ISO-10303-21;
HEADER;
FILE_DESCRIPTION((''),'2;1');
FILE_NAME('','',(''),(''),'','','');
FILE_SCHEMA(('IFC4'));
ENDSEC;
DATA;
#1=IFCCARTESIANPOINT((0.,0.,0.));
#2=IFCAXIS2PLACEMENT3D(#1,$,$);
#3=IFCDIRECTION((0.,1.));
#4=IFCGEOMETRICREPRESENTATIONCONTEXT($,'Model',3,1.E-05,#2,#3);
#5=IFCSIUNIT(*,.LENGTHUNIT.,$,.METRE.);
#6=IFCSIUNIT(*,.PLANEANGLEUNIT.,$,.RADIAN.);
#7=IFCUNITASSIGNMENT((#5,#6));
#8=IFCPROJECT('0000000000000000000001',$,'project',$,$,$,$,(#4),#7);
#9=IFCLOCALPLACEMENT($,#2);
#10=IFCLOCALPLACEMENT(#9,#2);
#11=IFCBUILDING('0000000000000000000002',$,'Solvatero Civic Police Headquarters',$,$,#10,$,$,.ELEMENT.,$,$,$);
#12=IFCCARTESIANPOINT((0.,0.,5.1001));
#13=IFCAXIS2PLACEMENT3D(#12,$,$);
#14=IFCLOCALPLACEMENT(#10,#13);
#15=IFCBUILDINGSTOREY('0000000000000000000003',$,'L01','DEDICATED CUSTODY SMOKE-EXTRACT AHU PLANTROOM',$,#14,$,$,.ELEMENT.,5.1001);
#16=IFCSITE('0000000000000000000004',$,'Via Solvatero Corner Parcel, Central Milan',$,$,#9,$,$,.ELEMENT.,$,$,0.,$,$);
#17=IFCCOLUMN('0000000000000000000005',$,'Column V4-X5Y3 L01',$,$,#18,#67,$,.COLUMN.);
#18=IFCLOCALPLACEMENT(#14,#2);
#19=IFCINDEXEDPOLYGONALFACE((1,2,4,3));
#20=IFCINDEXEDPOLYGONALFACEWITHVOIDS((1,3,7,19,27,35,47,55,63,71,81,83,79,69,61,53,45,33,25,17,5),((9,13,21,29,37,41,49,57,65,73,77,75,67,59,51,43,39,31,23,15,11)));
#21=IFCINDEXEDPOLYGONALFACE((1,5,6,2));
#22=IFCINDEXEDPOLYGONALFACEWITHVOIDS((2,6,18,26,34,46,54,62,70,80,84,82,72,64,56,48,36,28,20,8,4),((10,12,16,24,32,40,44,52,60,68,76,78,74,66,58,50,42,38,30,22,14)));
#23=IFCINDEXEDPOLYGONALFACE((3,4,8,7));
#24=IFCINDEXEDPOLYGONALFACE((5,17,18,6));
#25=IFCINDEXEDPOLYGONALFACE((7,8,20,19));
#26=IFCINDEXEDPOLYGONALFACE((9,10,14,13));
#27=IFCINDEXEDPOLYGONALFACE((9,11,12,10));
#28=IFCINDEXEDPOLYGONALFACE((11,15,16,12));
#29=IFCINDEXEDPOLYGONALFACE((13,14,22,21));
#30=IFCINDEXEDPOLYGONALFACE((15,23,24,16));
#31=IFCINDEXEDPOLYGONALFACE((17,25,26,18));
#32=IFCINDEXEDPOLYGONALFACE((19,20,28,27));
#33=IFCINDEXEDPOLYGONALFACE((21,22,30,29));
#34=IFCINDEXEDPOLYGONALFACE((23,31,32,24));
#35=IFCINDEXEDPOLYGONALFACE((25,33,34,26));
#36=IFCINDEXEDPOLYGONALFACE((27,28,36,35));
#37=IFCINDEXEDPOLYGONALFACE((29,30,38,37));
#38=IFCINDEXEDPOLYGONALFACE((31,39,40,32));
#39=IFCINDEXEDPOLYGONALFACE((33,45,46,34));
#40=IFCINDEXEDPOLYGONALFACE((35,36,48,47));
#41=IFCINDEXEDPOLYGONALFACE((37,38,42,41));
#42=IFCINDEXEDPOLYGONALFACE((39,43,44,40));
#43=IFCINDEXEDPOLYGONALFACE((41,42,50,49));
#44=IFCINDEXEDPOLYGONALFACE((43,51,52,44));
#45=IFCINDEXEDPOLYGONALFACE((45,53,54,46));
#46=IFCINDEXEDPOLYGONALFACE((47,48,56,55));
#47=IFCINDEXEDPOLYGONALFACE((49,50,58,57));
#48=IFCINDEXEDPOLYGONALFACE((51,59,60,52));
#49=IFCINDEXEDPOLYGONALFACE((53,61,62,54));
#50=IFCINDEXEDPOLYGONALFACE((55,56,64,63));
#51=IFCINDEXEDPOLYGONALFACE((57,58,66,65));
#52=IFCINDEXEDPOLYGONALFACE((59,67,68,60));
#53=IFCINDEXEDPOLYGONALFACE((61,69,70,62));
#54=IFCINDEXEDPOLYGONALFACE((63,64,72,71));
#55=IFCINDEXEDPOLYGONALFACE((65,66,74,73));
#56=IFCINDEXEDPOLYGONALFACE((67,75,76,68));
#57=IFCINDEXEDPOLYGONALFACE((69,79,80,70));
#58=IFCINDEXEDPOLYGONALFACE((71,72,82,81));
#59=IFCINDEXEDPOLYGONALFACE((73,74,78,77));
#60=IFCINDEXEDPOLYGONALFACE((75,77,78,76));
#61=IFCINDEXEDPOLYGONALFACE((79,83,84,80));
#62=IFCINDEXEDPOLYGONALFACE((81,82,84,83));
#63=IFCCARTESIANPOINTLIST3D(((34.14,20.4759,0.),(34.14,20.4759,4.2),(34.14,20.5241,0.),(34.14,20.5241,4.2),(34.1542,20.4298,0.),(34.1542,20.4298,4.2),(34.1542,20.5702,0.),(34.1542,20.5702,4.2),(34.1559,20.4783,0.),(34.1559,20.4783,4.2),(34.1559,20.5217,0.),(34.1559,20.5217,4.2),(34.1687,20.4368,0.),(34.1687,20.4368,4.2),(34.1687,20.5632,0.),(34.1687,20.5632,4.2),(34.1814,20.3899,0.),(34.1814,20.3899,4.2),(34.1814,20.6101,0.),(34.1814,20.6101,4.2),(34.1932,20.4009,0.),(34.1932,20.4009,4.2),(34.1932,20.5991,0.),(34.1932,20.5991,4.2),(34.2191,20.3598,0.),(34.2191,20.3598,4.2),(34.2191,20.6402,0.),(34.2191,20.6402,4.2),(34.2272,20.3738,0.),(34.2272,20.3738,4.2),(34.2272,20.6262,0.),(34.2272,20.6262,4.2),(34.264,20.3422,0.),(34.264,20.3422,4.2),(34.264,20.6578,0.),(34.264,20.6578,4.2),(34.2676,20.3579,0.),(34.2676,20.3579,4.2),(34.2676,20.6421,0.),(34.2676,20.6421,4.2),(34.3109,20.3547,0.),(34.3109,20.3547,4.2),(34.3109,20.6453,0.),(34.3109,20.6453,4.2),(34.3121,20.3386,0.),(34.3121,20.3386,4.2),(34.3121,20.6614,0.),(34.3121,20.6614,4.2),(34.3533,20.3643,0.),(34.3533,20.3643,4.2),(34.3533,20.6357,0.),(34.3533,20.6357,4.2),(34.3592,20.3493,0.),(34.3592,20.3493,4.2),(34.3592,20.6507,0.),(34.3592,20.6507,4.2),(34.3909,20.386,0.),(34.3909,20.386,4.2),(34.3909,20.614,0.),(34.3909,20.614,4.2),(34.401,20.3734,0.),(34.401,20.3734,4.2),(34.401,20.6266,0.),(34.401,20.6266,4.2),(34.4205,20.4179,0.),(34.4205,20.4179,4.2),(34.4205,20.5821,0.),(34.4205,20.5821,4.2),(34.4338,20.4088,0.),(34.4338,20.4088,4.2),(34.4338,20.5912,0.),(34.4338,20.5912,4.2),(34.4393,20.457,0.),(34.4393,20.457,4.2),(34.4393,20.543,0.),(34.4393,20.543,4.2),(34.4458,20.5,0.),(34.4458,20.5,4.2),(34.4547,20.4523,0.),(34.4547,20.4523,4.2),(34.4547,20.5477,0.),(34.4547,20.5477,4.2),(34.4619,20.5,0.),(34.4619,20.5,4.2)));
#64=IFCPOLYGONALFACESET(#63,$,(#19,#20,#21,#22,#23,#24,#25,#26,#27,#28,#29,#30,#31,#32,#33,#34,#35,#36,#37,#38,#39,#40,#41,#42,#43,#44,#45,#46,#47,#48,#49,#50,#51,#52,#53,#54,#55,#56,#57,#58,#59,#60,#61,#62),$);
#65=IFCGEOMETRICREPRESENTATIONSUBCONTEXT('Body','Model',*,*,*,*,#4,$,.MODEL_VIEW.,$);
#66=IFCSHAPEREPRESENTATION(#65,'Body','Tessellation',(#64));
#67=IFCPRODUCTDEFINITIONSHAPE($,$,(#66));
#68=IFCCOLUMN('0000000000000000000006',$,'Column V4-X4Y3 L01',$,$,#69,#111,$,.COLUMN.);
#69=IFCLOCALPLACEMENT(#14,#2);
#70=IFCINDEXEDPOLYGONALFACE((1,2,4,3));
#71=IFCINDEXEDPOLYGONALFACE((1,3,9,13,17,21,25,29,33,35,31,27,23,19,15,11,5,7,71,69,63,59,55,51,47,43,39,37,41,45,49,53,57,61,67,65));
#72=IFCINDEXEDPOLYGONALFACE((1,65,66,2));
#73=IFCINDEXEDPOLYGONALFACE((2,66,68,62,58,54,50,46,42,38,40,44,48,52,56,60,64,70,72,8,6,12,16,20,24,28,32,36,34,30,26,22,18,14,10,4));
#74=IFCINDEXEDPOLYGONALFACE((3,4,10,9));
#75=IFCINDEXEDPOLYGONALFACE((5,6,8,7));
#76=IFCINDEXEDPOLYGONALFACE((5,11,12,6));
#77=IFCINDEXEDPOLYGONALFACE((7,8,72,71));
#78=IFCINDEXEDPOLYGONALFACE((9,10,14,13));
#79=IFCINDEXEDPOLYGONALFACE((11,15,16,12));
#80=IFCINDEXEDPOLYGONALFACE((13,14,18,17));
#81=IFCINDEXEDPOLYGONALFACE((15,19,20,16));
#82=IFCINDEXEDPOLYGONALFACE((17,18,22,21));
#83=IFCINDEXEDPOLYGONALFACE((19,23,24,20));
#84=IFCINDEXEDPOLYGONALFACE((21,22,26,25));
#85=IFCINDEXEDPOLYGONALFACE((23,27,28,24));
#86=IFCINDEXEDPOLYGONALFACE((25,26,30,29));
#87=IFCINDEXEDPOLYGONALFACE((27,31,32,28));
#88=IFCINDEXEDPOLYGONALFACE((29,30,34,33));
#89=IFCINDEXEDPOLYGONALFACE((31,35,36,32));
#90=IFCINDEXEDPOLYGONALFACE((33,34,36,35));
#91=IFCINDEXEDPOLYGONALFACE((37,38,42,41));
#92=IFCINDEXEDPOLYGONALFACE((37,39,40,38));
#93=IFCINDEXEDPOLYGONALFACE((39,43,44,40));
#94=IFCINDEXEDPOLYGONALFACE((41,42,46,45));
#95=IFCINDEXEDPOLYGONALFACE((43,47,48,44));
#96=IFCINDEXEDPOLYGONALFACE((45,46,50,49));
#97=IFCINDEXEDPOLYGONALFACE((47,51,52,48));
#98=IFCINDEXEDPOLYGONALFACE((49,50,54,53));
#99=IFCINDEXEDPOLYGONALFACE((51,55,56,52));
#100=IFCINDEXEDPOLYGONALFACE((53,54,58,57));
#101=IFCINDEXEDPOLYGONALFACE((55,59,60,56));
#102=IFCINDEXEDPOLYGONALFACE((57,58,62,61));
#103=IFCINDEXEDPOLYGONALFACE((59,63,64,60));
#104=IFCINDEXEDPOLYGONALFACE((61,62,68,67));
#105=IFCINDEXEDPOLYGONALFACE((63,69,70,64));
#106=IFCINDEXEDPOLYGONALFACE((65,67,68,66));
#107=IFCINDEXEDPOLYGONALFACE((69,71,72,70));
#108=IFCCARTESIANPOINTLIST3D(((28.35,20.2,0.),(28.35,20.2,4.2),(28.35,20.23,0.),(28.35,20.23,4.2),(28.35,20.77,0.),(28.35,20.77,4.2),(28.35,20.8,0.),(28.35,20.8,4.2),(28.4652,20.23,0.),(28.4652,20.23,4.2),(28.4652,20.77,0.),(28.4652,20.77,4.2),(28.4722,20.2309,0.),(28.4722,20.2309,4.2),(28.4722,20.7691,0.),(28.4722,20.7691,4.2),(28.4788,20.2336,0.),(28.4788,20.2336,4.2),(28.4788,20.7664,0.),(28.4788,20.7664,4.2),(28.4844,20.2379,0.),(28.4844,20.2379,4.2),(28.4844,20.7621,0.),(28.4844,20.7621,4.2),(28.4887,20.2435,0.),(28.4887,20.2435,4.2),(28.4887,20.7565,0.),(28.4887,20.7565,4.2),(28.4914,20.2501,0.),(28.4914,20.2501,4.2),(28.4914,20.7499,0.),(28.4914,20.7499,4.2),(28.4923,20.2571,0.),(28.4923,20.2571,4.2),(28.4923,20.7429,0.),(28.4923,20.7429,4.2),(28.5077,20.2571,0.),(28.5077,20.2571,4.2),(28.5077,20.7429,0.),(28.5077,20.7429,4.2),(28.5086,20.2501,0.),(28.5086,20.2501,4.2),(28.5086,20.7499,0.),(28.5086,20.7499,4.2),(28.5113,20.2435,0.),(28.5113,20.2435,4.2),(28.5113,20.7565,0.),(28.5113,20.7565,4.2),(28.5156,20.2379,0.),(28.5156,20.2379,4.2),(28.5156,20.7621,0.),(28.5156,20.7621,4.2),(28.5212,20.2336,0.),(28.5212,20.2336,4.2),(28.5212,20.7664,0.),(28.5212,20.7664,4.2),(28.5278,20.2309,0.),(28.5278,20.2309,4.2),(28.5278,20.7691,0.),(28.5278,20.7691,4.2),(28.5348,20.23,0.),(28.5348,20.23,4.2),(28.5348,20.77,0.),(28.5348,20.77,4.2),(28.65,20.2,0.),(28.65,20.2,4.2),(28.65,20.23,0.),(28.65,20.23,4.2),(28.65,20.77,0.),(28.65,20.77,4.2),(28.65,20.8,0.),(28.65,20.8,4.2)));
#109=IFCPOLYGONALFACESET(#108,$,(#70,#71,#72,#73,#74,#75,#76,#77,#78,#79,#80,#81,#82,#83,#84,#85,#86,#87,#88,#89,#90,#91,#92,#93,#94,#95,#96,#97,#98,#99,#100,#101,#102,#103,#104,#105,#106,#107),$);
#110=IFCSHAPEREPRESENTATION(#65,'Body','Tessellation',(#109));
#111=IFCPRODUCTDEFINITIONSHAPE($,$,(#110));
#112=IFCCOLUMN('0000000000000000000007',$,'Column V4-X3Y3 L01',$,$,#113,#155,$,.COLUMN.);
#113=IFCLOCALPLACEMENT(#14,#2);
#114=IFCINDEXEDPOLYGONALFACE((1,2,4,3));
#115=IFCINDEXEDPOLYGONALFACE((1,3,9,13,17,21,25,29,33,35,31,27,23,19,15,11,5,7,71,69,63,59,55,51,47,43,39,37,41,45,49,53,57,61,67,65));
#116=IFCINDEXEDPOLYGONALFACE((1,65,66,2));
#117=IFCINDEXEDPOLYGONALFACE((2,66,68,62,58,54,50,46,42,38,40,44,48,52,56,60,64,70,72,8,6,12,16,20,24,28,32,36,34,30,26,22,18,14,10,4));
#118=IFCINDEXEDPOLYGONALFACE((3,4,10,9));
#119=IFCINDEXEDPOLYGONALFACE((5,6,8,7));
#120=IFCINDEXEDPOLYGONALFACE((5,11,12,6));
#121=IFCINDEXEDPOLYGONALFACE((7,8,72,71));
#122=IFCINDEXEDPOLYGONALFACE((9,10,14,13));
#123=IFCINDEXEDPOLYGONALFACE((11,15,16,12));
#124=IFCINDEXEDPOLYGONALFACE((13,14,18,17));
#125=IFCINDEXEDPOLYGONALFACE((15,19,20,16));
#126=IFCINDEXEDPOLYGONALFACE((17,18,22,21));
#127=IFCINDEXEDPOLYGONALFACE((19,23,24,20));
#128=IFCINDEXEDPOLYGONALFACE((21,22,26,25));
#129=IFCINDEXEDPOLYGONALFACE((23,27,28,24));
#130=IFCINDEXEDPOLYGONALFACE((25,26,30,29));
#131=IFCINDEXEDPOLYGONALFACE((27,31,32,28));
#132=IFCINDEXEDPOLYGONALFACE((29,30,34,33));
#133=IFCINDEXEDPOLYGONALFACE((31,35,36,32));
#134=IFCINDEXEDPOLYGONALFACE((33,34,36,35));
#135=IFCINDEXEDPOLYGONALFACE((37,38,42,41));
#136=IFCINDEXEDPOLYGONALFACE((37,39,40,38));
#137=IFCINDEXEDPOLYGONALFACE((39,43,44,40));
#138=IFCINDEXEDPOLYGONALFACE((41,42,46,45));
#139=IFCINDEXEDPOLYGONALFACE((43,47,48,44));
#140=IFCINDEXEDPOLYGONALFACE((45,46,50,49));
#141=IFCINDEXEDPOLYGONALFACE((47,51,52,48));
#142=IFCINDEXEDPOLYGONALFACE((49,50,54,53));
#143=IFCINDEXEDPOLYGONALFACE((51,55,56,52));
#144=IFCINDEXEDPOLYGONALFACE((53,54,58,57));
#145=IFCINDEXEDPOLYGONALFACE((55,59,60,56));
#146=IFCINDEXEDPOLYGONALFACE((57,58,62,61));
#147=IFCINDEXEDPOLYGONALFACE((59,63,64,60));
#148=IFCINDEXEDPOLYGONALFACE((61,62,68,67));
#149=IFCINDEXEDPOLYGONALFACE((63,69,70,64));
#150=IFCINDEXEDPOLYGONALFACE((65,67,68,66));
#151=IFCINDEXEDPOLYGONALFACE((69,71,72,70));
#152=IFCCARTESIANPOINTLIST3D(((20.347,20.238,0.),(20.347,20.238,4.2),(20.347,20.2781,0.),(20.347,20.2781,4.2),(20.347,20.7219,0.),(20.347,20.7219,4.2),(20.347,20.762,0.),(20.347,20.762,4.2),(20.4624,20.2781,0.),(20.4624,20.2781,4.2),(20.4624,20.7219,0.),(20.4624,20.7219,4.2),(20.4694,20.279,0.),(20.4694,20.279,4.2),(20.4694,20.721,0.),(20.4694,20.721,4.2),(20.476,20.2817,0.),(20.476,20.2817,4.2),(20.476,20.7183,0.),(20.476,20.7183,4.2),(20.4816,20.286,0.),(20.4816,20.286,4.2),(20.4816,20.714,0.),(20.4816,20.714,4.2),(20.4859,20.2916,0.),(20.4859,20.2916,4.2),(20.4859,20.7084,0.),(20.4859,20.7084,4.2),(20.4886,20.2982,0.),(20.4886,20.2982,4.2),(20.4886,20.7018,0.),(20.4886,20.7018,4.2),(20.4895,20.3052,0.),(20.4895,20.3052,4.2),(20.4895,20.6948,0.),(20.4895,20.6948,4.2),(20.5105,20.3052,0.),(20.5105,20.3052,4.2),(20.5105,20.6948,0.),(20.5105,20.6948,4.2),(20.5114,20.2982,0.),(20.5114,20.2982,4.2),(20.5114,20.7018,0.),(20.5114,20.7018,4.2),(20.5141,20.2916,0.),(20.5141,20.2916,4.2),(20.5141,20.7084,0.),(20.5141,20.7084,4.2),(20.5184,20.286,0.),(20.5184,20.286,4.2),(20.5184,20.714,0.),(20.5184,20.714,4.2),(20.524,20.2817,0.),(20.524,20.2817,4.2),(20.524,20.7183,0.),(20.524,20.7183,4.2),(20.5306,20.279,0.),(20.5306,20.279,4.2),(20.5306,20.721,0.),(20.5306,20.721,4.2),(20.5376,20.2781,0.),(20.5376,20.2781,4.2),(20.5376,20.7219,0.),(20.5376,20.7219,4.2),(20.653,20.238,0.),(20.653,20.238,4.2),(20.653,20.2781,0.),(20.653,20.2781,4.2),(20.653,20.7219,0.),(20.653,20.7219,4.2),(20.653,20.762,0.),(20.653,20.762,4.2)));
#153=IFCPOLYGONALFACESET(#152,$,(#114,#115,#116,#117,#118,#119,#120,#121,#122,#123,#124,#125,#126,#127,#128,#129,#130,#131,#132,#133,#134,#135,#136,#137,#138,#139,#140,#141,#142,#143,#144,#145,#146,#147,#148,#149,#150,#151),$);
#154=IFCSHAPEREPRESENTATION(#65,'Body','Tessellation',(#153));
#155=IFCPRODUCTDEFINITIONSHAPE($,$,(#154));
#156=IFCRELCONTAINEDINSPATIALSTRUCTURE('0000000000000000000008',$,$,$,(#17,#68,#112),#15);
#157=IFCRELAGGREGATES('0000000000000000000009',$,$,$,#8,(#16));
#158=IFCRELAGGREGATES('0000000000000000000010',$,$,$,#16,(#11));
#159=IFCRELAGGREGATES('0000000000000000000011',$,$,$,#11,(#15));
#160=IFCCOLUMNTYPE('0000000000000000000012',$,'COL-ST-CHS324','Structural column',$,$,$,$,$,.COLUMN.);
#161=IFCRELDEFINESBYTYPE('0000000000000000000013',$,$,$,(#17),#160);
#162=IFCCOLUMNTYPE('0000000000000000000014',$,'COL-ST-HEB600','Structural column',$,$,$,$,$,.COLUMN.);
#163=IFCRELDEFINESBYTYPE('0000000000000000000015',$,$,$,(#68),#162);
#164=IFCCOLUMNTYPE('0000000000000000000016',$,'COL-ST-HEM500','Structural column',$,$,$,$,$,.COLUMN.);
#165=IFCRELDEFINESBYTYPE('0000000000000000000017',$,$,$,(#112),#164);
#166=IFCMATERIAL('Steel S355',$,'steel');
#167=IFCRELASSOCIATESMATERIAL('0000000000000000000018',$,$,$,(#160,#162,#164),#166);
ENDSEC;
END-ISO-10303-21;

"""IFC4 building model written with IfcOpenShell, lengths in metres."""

from ifc_helpers import new_model, si_unit, direction, frame, origin, origin_2d, place, context, subcontext, project, spatial, hollow_circle, i_section, extrude, material, material_profile, profile_set, type_object, element, save


model = new_model("IFC4")

# Units and contexts
model_context = context("Model", 3, precision=1e-05, world=origin(), true_north=direction((0.0, 1.0)))
body_context = subcontext(model_context, "Body", "Model", "MODEL_VIEW")
ifc_project = project(units=[si_unit("LENGTHUNIT", "METRE"), si_unit("PLANEANGLEUNIT", "RADIAN")], contexts=[model_context])

# Site, building, storey
site_placement = place(None, origin())
site = spatial("IfcSite", under=ifc_project, at=site_placement, Name="Via Solvatero Corner Parcel, Central Milan", CompositionType="ELEMENT", RefElevation=0.0)
building_placement = place(site_placement, origin())
building = spatial("IfcBuilding", under=site, at=building_placement, Name="Solvatero Civic Police Headquarters", CompositionType="ELEMENT")
storey_placement = place(building_placement, frame((0.0, 0.0, 5.1001)))
storey = spatial("IfcBuildingStorey", under=building, at=storey_placement, Name="L01", Description="DEDICATED CUSTODY SMOKE-EXTRACT AHU PLANTROOM", CompositionType="ELEMENT", Elevation=5.1001)

# Columns
ifc_material_1 = material(Name="Steel S355", Category="steel")
ifc_material_profile_1 = material_profile(ifc_material_1, hollow_circle(Radius=0.1619, WallThickness=0.0161, at=origin_2d()), Name="CHS 323.9x16.0")
ifc_profile_set_1 = profile_set([ifc_material_profile_1], Name="Steel S355")
column_type_1 = type_object("IfcColumnType", Name="COL-ST-CHS324", Description="Structural column", PredefinedType="COLUMN", material=ifc_profile_set_1)
column_1_placement = place(storey_placement, frame((34.3, 20.5, 0.0), z_axis=(0.0, 0.0, 1.0), x_axis=(1.0, 0.0, 0.0)))
element("IfcColumn", 1, at=column_1_placement, inside=storey, type_object=column_type_1, Name="Column V4-X5Y3 L01", PredefinedType="COLUMN", context=body_context, shape_type="SweptSolid", body=[
    extrude(hollow_circle(Radius=0.1619, WallThickness=0.0161, at=origin_2d()), origin(), (0.0, 0.0, 1.0), 4.2),
])
ifc_material_profile_2 = material_profile(ifc_material_1, i_section(OverallWidth=0.3, OverallDepth=0.6001, WebThickness=0.0154, FlangeThickness=0.03, FilletRadius=0.0271, at=origin_2d()), Name="HEB 600")
ifc_profile_set_2 = profile_set([ifc_material_profile_2], Name="Steel S355")
column_type_2 = type_object("IfcColumnType", Name="COL-ST-HEB600", Description="Structural column", PredefinedType="COLUMN", material=ifc_profile_set_2)
column_2_placement = place(storey_placement, frame((28.5, 20.5, 0.0), z_axis=(0.0, 0.0, 1.0), x_axis=(1.0, 0.0, 0.0)))
element("IfcColumn", 2, at=column_2_placement, inside=storey, type_object=column_type_2, Name="Column V4-X4Y3 L01", PredefinedType="COLUMN", context=body_context, shape_type="SweptSolid", body=[
    extrude(i_section(OverallWidth=0.3, OverallDepth=0.6001, WebThickness=0.0154, FlangeThickness=0.03, FilletRadius=0.0271, at=origin_2d()), origin(), (0.0, 0.0, 1.0), 4.2),
])
ifc_material_profile_3 = material_profile(ifc_material_1, i_section(OverallWidth=0.3059, OverallDepth=0.5239, WebThickness=0.021, FlangeThickness=0.04, FilletRadius=0.0271, at=origin_2d()), Name="HEM 500")
ifc_profile_set_3 = profile_set([ifc_material_profile_3], Name="Steel S355")
column_type_3 = type_object("IfcColumnType", Name="COL-ST-HEM500", Description="Structural column", PredefinedType="COLUMN", material=ifc_profile_set_3)
column_3_placement = place(storey_placement, frame((20.5, 20.5, 0.0), z_axis=(0.0, 0.0, 1.0), x_axis=(1.0, 0.0, 0.0)))
element("IfcColumn", 3, at=column_3_placement, inside=storey, type_object=column_type_3, Name="Column V4-X3Y3 L01", PredefinedType="COLUMN", context=body_context, shape_type="SweptSolid", body=[
    extrude(i_section(OverallWidth=0.3059, OverallDepth=0.5239, WebThickness=0.021, FlangeThickness=0.04, FilletRadius=0.0271, at=origin_2d()), origin(), (0.0, 0.0, 1.0), 4.2),
])

save(model, "model.ifc")
